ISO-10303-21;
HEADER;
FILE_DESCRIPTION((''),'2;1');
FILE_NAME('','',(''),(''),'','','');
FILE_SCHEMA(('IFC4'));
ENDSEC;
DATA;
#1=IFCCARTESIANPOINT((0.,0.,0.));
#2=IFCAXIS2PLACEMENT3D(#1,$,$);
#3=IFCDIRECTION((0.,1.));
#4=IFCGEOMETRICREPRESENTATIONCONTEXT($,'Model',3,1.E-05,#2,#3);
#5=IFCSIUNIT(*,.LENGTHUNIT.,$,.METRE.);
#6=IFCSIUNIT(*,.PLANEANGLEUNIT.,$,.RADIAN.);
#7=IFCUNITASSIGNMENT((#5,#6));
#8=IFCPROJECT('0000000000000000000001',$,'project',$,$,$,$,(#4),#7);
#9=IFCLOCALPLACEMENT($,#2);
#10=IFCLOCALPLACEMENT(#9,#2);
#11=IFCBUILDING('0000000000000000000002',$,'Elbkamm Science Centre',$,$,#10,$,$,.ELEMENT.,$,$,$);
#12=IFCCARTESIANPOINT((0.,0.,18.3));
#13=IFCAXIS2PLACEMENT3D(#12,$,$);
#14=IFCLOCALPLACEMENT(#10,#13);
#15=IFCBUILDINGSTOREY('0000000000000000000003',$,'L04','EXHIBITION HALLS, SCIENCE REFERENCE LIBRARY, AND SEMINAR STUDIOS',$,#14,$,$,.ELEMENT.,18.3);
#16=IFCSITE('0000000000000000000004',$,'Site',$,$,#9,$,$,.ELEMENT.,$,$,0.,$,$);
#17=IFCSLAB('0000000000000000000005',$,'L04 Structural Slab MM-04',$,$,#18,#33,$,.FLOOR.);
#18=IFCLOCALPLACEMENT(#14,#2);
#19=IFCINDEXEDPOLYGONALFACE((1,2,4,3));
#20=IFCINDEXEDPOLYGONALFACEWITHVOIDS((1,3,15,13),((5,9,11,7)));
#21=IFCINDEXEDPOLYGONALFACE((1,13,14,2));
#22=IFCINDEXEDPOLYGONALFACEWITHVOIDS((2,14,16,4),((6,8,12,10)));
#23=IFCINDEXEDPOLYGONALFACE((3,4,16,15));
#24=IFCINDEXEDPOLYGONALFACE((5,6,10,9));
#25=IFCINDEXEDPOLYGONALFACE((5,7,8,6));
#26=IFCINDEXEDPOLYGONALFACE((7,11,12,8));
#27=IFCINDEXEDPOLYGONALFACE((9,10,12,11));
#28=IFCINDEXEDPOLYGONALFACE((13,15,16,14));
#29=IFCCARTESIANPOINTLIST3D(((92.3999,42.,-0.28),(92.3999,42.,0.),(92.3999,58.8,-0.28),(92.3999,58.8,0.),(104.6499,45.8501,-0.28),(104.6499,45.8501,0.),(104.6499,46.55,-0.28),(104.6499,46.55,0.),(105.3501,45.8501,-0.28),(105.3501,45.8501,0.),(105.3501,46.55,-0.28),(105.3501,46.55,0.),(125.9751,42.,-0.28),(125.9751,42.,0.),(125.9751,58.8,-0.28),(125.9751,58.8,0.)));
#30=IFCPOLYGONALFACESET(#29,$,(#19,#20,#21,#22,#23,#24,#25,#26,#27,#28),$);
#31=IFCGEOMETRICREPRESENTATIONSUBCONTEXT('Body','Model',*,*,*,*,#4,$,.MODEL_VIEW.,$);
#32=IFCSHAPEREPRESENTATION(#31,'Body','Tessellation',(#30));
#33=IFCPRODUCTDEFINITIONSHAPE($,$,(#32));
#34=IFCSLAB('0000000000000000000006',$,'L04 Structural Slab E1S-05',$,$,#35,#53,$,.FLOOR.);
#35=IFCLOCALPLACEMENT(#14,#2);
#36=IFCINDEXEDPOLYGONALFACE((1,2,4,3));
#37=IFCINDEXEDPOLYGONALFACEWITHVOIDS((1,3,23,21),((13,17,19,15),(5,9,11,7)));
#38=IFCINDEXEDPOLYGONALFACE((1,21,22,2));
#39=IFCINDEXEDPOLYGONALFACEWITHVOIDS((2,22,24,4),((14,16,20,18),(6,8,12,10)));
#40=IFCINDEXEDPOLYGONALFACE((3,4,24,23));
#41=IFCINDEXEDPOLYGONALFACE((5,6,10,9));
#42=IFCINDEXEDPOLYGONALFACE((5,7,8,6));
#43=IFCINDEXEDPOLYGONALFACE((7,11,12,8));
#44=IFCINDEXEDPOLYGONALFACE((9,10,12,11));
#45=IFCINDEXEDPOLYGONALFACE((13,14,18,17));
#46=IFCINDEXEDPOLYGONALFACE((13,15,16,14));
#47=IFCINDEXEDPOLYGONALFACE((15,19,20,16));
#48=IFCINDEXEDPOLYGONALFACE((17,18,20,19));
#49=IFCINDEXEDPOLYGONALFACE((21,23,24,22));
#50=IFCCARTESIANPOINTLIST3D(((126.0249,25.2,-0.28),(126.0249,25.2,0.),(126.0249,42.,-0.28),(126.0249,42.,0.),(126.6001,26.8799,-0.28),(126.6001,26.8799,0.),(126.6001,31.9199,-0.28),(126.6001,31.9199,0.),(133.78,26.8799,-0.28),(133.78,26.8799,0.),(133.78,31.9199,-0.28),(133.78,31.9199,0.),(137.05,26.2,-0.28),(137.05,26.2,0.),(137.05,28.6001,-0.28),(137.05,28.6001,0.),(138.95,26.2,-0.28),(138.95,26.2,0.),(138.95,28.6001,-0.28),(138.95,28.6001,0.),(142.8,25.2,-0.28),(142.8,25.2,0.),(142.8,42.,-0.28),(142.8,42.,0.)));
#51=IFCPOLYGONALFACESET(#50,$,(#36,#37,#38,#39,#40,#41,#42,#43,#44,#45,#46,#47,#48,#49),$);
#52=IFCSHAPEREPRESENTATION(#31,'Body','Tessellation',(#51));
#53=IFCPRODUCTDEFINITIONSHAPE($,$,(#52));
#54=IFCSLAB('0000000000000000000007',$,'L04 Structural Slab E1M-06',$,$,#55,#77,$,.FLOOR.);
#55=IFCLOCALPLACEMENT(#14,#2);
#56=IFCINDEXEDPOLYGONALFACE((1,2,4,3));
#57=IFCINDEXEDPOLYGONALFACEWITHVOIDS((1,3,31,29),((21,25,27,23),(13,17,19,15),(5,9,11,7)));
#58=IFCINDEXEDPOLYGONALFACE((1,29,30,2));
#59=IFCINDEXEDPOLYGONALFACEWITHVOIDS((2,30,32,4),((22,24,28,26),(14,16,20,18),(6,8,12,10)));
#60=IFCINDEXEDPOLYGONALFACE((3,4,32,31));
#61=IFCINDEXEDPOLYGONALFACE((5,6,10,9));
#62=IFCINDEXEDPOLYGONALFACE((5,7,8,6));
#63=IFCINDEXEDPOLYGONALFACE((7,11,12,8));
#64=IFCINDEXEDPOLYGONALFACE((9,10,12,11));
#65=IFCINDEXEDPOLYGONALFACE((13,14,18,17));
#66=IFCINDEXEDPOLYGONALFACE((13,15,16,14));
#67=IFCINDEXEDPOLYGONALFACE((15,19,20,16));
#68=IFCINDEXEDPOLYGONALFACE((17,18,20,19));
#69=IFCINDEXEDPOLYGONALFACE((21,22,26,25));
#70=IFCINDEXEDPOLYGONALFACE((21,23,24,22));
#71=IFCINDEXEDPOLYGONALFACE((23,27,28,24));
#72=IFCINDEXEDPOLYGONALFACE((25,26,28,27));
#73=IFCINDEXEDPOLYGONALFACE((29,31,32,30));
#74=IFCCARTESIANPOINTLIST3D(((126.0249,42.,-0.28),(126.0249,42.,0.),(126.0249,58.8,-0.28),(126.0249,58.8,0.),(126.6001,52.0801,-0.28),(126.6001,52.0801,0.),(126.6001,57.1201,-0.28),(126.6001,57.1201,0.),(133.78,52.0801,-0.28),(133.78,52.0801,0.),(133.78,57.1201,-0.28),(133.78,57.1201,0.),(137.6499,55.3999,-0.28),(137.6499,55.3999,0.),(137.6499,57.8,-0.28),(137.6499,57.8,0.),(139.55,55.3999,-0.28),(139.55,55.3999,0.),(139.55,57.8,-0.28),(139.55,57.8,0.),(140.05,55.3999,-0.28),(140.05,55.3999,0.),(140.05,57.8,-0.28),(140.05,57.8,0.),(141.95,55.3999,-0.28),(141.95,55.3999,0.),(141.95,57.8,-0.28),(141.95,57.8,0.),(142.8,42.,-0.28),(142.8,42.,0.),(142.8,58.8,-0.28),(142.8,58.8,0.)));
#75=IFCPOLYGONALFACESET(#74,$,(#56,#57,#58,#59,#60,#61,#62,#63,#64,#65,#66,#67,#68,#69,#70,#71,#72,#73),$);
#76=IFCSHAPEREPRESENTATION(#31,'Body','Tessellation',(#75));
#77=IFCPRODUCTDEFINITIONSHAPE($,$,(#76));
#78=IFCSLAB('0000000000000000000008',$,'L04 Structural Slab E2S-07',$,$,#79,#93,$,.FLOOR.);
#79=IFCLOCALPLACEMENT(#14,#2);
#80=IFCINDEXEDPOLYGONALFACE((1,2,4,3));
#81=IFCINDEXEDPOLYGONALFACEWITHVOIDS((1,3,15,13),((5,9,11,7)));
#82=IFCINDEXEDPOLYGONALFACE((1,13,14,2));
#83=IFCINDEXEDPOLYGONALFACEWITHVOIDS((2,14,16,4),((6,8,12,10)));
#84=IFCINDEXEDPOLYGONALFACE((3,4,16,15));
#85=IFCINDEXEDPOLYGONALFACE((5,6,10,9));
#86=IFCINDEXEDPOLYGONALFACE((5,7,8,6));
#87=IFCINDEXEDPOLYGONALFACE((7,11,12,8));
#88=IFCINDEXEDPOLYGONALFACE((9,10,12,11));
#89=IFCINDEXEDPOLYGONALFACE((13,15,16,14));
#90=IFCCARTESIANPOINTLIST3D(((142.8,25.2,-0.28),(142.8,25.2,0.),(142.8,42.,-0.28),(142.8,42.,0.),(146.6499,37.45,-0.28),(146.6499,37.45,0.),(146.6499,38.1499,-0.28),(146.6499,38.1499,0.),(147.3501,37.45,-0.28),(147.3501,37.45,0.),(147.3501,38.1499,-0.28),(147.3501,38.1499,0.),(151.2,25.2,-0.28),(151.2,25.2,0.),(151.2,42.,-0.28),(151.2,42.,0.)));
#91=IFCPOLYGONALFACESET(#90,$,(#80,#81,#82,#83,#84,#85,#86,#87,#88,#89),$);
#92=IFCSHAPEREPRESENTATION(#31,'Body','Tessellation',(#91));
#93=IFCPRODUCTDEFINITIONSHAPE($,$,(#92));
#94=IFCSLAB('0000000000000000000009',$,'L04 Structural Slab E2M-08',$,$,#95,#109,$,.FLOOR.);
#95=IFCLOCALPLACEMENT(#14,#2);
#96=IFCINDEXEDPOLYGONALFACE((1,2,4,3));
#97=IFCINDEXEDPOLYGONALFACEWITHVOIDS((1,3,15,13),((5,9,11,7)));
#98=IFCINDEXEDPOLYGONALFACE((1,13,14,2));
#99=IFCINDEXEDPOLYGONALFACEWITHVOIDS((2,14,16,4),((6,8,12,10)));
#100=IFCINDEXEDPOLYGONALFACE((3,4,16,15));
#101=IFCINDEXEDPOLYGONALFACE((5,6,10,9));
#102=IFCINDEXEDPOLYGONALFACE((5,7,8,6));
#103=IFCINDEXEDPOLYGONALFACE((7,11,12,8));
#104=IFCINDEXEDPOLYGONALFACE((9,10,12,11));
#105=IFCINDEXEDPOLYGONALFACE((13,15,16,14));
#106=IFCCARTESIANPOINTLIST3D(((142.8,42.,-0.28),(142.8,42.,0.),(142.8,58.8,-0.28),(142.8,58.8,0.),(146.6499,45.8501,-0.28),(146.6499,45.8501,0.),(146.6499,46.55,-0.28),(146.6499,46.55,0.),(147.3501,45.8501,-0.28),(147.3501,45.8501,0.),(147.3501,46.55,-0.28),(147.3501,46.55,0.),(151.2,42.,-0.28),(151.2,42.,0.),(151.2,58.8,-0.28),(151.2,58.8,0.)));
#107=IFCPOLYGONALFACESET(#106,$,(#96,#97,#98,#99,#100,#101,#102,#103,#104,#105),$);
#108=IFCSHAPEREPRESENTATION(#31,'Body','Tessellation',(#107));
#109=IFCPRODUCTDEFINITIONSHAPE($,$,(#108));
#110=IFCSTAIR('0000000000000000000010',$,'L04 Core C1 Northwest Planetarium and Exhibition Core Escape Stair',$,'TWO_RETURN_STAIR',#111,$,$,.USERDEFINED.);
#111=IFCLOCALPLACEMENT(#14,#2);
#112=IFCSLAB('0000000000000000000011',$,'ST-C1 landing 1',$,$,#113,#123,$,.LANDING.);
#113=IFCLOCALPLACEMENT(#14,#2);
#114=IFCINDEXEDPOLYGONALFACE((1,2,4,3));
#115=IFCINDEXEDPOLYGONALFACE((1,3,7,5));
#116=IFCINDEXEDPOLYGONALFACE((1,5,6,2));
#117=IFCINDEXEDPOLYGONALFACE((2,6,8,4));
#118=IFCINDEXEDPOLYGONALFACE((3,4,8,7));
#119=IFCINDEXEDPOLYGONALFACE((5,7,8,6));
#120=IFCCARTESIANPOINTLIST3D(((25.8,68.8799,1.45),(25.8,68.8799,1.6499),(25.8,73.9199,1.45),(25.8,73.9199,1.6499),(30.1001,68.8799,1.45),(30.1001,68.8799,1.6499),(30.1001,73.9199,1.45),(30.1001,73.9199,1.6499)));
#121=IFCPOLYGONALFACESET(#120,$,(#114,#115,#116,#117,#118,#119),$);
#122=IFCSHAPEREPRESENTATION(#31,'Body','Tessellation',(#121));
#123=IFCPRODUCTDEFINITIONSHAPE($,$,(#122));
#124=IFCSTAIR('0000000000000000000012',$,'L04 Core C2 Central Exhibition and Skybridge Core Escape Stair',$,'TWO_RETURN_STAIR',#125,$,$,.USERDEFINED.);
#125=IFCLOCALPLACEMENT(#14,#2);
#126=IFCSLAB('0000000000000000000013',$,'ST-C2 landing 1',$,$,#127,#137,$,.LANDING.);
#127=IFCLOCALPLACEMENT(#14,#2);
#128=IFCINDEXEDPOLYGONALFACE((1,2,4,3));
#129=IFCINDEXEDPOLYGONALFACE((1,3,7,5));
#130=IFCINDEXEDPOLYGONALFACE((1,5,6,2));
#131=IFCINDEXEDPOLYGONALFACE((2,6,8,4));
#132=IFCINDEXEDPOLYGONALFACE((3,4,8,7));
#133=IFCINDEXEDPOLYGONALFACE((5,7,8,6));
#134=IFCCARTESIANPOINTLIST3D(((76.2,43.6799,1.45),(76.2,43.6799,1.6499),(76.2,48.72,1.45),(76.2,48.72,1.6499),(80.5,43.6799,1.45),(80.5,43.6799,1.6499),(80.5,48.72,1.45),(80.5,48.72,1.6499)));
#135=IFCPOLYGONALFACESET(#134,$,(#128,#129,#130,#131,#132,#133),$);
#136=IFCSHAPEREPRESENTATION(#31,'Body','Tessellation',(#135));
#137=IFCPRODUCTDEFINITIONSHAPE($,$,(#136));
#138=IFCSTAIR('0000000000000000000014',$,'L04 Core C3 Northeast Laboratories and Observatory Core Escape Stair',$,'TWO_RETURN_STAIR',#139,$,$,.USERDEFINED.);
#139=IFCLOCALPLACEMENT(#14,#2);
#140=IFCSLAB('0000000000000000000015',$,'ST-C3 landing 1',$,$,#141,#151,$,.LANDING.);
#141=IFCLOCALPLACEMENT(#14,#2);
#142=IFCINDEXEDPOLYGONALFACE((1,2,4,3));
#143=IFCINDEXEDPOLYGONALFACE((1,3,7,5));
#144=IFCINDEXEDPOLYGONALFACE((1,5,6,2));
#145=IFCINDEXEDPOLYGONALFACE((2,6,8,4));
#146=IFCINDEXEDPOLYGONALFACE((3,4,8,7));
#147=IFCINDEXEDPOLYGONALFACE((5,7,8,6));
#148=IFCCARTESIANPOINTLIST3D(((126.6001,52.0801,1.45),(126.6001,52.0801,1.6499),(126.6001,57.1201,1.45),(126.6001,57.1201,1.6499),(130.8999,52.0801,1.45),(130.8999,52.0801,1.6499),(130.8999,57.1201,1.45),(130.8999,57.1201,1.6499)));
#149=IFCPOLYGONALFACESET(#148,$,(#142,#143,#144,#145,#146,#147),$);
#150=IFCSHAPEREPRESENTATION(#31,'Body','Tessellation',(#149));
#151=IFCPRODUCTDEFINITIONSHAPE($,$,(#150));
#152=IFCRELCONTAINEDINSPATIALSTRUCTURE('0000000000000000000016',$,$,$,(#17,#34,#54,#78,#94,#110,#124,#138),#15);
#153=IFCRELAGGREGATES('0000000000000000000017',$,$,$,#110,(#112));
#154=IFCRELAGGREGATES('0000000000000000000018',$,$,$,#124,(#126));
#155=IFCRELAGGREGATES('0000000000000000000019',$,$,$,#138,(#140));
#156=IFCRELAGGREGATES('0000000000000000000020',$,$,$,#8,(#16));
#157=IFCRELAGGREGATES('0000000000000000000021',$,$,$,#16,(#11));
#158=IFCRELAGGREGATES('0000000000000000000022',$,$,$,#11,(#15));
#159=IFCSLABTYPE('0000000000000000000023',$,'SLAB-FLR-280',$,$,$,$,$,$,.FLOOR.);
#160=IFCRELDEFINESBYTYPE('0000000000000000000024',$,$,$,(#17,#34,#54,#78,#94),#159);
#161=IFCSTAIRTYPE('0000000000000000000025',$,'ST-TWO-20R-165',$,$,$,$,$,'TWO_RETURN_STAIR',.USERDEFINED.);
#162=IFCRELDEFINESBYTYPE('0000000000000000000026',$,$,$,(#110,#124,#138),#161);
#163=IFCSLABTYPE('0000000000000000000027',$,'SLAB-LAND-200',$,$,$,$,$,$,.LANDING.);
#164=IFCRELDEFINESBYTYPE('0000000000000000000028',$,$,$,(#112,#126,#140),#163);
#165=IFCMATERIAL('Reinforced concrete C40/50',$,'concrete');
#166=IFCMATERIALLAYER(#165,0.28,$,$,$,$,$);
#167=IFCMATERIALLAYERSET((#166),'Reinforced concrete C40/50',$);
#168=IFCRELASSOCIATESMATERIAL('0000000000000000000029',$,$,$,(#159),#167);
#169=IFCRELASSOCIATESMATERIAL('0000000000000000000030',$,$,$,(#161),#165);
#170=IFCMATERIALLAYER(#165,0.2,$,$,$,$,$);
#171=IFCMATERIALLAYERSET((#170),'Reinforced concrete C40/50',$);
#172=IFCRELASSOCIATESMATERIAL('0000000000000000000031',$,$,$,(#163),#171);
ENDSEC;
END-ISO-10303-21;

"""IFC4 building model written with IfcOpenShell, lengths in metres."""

from ifc_helpers import new_model, si_unit, direction, frame, origin, place, context, subcontext, project, spatial, polyline, outline, extrude, material, layer, layer_set, type_object, element, aggregate, save


model = new_model("IFC4")

# Units and contexts
model_context = context("Model", 3, precision=1e-05, world=origin(), true_north=direction((0.0, 1.0)))
body_context = subcontext(model_context, "Body", "Model", "MODEL_VIEW")
ifc_project = project(units=[si_unit("LENGTHUNIT", "METRE"), si_unit("PLANEANGLEUNIT", "RADIAN")], contexts=[model_context])

# Site, building, storey
site_placement = place(None, origin())
site = spatial("IfcSite", under=ifc_project, at=site_placement, Name="Site", CompositionType="ELEMENT", RefElevation=0.0)
building_placement = place(site_placement, origin())
building = spatial("IfcBuilding", under=site, at=building_placement, Name="Elbkamm Science Centre", CompositionType="ELEMENT")
storey_placement = place(building_placement, frame((0.0, 0.0, 18.3)))
storey = spatial("IfcBuildingStorey", under=building, at=storey_placement, Name="L04", Description="EXHIBITION HALLS, SCIENCE REFERENCE LIBRARY, AND SEMINAR STUDIOS", CompositionType="ELEMENT", Elevation=18.3)

# Slabs
ifc_material_1 = material(Name="Reinforced concrete C40/50", Category="concrete")
ifc_layer_1 = layer(ifc_material_1, 0.28)
ifc_layer_set_1 = layer_set([ifc_layer_1], Name="Reinforced concrete C40/50")
slab_type_1 = type_object("IfcSlabType", Name="SLAB-FLR-280", PredefinedType="FLOOR", material=ifc_layer_set_1)
slab_1_placement = place(storey_placement, frame((0.0, 0.0, -0.28)))
element("IfcSlab", 1, at=slab_1_placement, inside=storey, type_object=slab_type_1, Name="L04 Structural Slab MM-04", PredefinedType="FLOOR", context=body_context, shape_type="SweptSolid", body=[
    extrude(outline(polyline([(125.9751, 42.0), (92.3999, 42.0), (92.3999, 58.8), (125.9751, 58.8), (125.9751, 42.0)]), holes=[polyline([(105.3501, 46.55), (104.6499, 46.55), (104.6499, 45.8501), (105.3501, 45.8501), (105.3501, 46.55)])]), origin(), (0.0, 0.0, 1.0), 0.28),
])
slab_2_placement = place(storey_placement, frame((0.0, 0.0, -0.28)))
element("IfcSlab", 2, at=slab_2_placement, inside=storey, type_object=slab_type_1, Name="L04 Structural Slab E1S-05", PredefinedType="FLOOR", context=body_context, shape_type="SweptSolid", body=[
    extrude(outline(polyline([(126.0249, 25.2), (126.0249, 42.0), (142.8, 42.0), (142.8, 25.2), (126.0249, 25.2)]), holes=[polyline([(126.6001, 26.8799), (133.78, 26.8799), (133.78, 31.9199), (126.6001, 31.9199), (126.6001, 26.8799)]), polyline([(137.05, 26.2), (138.95, 26.2), (138.95, 28.6001), (137.05, 28.6001), (137.05, 26.2)])]), origin(), (0.0, 0.0, 1.0), 0.28),
])
slab_3_placement = place(storey_placement, frame((0.0, 0.0, -0.28)))
element("IfcSlab", 3, at=slab_3_placement, inside=storey, type_object=slab_type_1, Name="L04 Structural Slab E1M-06", PredefinedType="FLOOR", context=body_context, shape_type="SweptSolid", body=[
    extrude(outline(polyline([(126.0249, 58.8), (142.8, 58.8), (142.8, 42.0), (126.0249, 42.0), (126.0249, 58.8)]), holes=[polyline([(126.6001, 57.1201), (126.6001, 52.0801), (133.78, 52.0801), (133.78, 57.1201), (126.6001, 57.1201)]), polyline([(137.6499, 57.8), (137.6499, 55.3999), (139.55, 55.3999), (139.55, 57.8), (137.6499, 57.8)]), polyline([(141.95, 57.8), (140.05, 57.8), (140.05, 55.3999), (141.95, 55.3999), (141.95, 57.8)])]), origin(), (0.0, 0.0, 1.0), 0.28),
])
slab_4_placement = place(storey_placement, frame((0.0, 0.0, -0.28)))
element("IfcSlab", 4, at=slab_4_placement, inside=storey, type_object=slab_type_1, Name="L04 Structural Slab E2S-07", PredefinedType="FLOOR", context=body_context, shape_type="SweptSolid", body=[
    extrude(outline(polyline([(142.8, 25.2), (142.8, 42.0), (151.2, 42.0), (151.2, 25.2), (142.8, 25.2)]), holes=[polyline([(147.3501, 38.1499), (146.6499, 38.1499), (146.6499, 37.45), (147.3501, 37.45), (147.3501, 38.1499)])]), origin(), (0.0, 0.0, 1.0), 0.28),
])
slab_5_placement = place(storey_placement, frame((0.0, 0.0, -0.28)))
element("IfcSlab", 5, at=slab_5_placement, inside=storey, type_object=slab_type_1, Name="L04 Structural Slab E2M-08", PredefinedType="FLOOR", context=body_context, shape_type="SweptSolid", body=[
    extrude(outline(polyline([(151.2, 42.0), (142.8, 42.0), (142.8, 58.8), (151.2, 58.8), (151.2, 42.0)]), holes=[polyline([(147.3501, 46.55), (146.6499, 46.55), (146.6499, 45.8501), (147.3501, 45.8501), (147.3501, 46.55)])]), origin(), (0.0, 0.0, 1.0), 0.28),
])

# Stairs, slabs
stair_type = type_object("IfcStairType", Name="ST-TWO-20R-165", ElementType="TWO_RETURN_STAIR", PredefinedType="USERDEFINED", material=ifc_material_1)
stair_1_placement = place(storey_placement, origin())
stair_1 = element("IfcStair", 6, at=stair_1_placement, inside=storey, type_object=stair_type, Name="L04 Core C1 Northwest Planetarium and Exhibition Core Escape Stair", ObjectType="TWO_RETURN_STAIR", PredefinedType="USERDEFINED")
ifc_layer_2 = layer(ifc_material_1, 0.2)
ifc_layer_set_2 = layer_set([ifc_layer_2], Name="Reinforced concrete C40/50")
slab_type_2 = type_object("IfcSlabType", Name="SLAB-LAND-200", PredefinedType="LANDING", material=ifc_layer_set_2)
slab_6_placement = place(storey_placement, frame((0.0, 0.0, 1.45)))
slab_6 = element("IfcSlab", 7, at=slab_6_placement, type_object=slab_type_2, Name="ST-C1 landing 1", PredefinedType="LANDING", context=body_context, shape_type="SweptSolid", body=[
    extrude(outline(polyline([(30.1001, 73.9199), (25.8, 73.9199), (25.8, 68.8799), (30.1001, 68.8799), (30.1001, 73.9199)])), origin(), (0.0, 0.0, 1.0), 0.2),
])
aggregate(stair_1, [slab_6])
stair_2_placement = place(storey_placement, origin())
stair_2 = element("IfcStair", 8, at=stair_2_placement, inside=storey, type_object=stair_type, Name="L04 Core C2 Central Exhibition and Skybridge Core Escape Stair", ObjectType="TWO_RETURN_STAIR", PredefinedType="USERDEFINED")
slab_7_placement = place(storey_placement, frame((0.0, 0.0, 1.45)))
slab_7 = element("IfcSlab", 9, at=slab_7_placement, type_object=slab_type_2, Name="ST-C2 landing 1", PredefinedType="LANDING", context=body_context, shape_type="SweptSolid", body=[
    extrude(outline(polyline([(80.5, 48.72), (76.2, 48.72), (76.2, 43.6799), (80.5, 43.6799), (80.5, 48.72)])), origin(), (0.0, 0.0, 1.0), 0.2),
])
aggregate(stair_2, [slab_7])
stair_3_placement = place(storey_placement, origin())
stair_3 = element("IfcStair", 10, at=stair_3_placement, inside=storey, type_object=stair_type, Name="L04 Core C3 Northeast Laboratories and Observatory Core Escape Stair", ObjectType="TWO_RETURN_STAIR", PredefinedType="USERDEFINED")
slab_8_placement = place(storey_placement, frame((0.0, 0.0, 1.45)))
slab_8 = element("IfcSlab", 11, at=slab_8_placement, type_object=slab_type_2, Name="ST-C3 landing 1", PredefinedType="LANDING", context=body_context, shape_type="SweptSolid", body=[
    extrude(outline(polyline([(130.8999, 57.1201), (126.6001, 57.1201), (126.6001, 52.0801), (130.8999, 52.0801), (130.8999, 57.1201)])), origin(), (0.0, 0.0, 1.0), 0.2),
])
aggregate(stair_3, [slab_8])

save(model, "model.ifc")
